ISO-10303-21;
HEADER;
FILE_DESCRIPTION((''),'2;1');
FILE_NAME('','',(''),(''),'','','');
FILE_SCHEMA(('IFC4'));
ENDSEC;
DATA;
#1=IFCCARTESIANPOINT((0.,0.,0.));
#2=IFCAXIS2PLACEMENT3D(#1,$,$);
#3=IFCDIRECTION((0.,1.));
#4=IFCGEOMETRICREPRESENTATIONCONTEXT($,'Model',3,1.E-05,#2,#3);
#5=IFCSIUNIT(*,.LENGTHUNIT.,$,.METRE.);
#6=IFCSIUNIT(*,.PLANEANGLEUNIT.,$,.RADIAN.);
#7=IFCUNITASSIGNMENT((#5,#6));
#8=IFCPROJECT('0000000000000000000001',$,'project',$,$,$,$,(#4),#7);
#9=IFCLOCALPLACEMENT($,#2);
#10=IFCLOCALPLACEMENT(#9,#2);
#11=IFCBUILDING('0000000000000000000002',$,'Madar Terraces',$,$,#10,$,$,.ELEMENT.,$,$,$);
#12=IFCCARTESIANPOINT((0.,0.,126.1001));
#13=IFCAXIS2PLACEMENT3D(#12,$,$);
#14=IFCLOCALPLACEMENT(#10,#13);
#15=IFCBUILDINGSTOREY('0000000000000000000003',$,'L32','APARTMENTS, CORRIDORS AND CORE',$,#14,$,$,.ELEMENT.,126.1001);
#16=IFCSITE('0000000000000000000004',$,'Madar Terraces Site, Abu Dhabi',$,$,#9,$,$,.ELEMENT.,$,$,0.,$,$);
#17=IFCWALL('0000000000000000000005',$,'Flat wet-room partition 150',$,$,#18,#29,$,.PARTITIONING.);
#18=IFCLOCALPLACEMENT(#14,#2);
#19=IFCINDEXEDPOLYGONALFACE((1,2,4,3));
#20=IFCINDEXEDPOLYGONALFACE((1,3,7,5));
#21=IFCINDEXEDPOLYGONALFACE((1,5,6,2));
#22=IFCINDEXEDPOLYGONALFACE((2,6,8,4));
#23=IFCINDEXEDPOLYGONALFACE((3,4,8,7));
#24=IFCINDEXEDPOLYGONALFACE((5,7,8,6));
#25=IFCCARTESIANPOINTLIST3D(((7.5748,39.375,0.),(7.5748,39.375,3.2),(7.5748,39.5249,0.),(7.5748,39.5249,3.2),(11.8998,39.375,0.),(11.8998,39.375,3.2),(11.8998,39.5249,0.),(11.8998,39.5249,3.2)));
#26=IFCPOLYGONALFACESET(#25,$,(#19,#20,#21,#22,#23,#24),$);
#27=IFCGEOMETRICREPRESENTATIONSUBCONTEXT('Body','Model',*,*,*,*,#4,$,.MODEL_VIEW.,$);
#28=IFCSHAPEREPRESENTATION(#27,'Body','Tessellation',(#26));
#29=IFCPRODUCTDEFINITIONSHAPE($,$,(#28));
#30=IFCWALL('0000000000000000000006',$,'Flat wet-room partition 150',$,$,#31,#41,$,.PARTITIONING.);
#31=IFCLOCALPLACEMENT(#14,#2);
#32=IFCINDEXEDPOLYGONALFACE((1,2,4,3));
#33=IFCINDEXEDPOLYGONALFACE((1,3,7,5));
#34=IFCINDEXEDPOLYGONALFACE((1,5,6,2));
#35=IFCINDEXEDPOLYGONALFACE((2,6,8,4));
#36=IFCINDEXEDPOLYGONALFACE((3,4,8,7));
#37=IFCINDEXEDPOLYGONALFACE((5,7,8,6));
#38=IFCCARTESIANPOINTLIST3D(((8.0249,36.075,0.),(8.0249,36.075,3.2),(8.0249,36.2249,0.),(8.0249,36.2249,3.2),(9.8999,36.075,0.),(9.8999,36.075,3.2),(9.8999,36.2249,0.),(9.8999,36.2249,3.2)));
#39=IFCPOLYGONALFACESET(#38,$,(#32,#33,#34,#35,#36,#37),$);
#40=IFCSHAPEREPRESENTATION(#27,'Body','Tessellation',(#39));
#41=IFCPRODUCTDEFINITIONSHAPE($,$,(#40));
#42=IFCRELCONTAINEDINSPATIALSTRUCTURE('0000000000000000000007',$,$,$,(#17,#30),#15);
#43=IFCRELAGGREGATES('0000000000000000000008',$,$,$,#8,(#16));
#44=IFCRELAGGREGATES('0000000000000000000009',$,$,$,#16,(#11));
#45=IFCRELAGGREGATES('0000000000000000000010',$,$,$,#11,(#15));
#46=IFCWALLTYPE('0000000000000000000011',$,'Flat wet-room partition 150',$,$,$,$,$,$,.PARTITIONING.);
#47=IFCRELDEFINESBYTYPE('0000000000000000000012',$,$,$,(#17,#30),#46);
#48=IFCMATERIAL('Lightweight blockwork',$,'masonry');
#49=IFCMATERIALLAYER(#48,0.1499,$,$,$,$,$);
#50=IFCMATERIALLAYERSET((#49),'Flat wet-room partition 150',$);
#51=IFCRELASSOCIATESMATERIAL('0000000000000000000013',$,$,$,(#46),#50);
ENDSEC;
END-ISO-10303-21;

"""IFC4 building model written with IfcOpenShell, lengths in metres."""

from ifc_helpers import new_model, si_unit, direction, frame, frame_2d, origin, place, context, subcontext, project, spatial, rectangle, extrude, material, layer, layer_set, type_object, element, save


model = new_model("IFC4")

# Units and contexts
model_context = context("Model", 3, precision=1e-05, world=origin(), true_north=direction((0.0, 1.0)))
body_context = subcontext(model_context, "Body", "Model", "MODEL_VIEW")
ifc_project = project(units=[si_unit("LENGTHUNIT", "METRE"), si_unit("PLANEANGLEUNIT", "RADIAN")], contexts=[model_context])

# Site, building, storey
site_placement = place(None, origin())
site = spatial("IfcSite", under=ifc_project, at=site_placement, Name="Madar Terraces Site, Abu Dhabi", CompositionType="ELEMENT", RefElevation=0.0)
building_placement = place(site_placement, origin())
building = spatial("IfcBuilding", under=site, at=building_placement, Name="Madar Terraces", CompositionType="ELEMENT")
storey_placement = place(building_placement, frame((0.0, 0.0, 126.1001)))
storey = spatial("IfcBuildingStorey", under=building, at=storey_placement, Name="L32", Description="APARTMENTS, CORRIDORS AND CORE", CompositionType="ELEMENT", Elevation=126.1001)

# Shared definitions
ifc_material_1 = material(Name="Lightweight blockwork", Category="masonry")
ifc_layer_1 = layer(ifc_material_1, 0.1499)
ifc_layer_set_1 = layer_set([ifc_layer_1], Name="Flat wet-room partition 150")
wall_type_1 = type_object("IfcWallType", Name="Flat wet-room partition 150", PredefinedType="PARTITIONING", material=ifc_layer_set_1)

# Walls
wall_1_placement = place(storey_placement, frame((11.8999, 39.45, 0.0), z_axis=(0.0, 0.0, 1.0), x_axis=(-1.0, 0.0, 0.0)))
element("IfcWall", 1, at=wall_1_placement, inside=storey, type_object=wall_type_1, Name="Flat wet-room partition 150", PredefinedType="PARTITIONING", context=body_context, shape_type="SweptSolid", body=[
    extrude(rectangle(XDim=4.325, YDim=0.1499, at=frame_2d((2.1626, 0.0))), origin(), (0.0, 0.0, 1.0), 3.2),
])
wall_2_placement = place(storey_placement, frame((9.8999, 36.1499, 0.0), z_axis=(0.0, 0.0, 1.0), x_axis=(-1.0, 0.0, 0.0)))
element("IfcWall", 2, at=wall_2_placement, inside=storey, type_object=wall_type_1, Name="Flat wet-room partition 150", PredefinedType="PARTITIONING", context=body_context, shape_type="SweptSolid", body=[
    extrude(rectangle(XDim=1.875, YDim=0.1499, at=frame_2d((0.9375, 0.0))), origin(), (0.0, 0.0, 1.0), 3.2),
])

save(model, "model.ifc")
